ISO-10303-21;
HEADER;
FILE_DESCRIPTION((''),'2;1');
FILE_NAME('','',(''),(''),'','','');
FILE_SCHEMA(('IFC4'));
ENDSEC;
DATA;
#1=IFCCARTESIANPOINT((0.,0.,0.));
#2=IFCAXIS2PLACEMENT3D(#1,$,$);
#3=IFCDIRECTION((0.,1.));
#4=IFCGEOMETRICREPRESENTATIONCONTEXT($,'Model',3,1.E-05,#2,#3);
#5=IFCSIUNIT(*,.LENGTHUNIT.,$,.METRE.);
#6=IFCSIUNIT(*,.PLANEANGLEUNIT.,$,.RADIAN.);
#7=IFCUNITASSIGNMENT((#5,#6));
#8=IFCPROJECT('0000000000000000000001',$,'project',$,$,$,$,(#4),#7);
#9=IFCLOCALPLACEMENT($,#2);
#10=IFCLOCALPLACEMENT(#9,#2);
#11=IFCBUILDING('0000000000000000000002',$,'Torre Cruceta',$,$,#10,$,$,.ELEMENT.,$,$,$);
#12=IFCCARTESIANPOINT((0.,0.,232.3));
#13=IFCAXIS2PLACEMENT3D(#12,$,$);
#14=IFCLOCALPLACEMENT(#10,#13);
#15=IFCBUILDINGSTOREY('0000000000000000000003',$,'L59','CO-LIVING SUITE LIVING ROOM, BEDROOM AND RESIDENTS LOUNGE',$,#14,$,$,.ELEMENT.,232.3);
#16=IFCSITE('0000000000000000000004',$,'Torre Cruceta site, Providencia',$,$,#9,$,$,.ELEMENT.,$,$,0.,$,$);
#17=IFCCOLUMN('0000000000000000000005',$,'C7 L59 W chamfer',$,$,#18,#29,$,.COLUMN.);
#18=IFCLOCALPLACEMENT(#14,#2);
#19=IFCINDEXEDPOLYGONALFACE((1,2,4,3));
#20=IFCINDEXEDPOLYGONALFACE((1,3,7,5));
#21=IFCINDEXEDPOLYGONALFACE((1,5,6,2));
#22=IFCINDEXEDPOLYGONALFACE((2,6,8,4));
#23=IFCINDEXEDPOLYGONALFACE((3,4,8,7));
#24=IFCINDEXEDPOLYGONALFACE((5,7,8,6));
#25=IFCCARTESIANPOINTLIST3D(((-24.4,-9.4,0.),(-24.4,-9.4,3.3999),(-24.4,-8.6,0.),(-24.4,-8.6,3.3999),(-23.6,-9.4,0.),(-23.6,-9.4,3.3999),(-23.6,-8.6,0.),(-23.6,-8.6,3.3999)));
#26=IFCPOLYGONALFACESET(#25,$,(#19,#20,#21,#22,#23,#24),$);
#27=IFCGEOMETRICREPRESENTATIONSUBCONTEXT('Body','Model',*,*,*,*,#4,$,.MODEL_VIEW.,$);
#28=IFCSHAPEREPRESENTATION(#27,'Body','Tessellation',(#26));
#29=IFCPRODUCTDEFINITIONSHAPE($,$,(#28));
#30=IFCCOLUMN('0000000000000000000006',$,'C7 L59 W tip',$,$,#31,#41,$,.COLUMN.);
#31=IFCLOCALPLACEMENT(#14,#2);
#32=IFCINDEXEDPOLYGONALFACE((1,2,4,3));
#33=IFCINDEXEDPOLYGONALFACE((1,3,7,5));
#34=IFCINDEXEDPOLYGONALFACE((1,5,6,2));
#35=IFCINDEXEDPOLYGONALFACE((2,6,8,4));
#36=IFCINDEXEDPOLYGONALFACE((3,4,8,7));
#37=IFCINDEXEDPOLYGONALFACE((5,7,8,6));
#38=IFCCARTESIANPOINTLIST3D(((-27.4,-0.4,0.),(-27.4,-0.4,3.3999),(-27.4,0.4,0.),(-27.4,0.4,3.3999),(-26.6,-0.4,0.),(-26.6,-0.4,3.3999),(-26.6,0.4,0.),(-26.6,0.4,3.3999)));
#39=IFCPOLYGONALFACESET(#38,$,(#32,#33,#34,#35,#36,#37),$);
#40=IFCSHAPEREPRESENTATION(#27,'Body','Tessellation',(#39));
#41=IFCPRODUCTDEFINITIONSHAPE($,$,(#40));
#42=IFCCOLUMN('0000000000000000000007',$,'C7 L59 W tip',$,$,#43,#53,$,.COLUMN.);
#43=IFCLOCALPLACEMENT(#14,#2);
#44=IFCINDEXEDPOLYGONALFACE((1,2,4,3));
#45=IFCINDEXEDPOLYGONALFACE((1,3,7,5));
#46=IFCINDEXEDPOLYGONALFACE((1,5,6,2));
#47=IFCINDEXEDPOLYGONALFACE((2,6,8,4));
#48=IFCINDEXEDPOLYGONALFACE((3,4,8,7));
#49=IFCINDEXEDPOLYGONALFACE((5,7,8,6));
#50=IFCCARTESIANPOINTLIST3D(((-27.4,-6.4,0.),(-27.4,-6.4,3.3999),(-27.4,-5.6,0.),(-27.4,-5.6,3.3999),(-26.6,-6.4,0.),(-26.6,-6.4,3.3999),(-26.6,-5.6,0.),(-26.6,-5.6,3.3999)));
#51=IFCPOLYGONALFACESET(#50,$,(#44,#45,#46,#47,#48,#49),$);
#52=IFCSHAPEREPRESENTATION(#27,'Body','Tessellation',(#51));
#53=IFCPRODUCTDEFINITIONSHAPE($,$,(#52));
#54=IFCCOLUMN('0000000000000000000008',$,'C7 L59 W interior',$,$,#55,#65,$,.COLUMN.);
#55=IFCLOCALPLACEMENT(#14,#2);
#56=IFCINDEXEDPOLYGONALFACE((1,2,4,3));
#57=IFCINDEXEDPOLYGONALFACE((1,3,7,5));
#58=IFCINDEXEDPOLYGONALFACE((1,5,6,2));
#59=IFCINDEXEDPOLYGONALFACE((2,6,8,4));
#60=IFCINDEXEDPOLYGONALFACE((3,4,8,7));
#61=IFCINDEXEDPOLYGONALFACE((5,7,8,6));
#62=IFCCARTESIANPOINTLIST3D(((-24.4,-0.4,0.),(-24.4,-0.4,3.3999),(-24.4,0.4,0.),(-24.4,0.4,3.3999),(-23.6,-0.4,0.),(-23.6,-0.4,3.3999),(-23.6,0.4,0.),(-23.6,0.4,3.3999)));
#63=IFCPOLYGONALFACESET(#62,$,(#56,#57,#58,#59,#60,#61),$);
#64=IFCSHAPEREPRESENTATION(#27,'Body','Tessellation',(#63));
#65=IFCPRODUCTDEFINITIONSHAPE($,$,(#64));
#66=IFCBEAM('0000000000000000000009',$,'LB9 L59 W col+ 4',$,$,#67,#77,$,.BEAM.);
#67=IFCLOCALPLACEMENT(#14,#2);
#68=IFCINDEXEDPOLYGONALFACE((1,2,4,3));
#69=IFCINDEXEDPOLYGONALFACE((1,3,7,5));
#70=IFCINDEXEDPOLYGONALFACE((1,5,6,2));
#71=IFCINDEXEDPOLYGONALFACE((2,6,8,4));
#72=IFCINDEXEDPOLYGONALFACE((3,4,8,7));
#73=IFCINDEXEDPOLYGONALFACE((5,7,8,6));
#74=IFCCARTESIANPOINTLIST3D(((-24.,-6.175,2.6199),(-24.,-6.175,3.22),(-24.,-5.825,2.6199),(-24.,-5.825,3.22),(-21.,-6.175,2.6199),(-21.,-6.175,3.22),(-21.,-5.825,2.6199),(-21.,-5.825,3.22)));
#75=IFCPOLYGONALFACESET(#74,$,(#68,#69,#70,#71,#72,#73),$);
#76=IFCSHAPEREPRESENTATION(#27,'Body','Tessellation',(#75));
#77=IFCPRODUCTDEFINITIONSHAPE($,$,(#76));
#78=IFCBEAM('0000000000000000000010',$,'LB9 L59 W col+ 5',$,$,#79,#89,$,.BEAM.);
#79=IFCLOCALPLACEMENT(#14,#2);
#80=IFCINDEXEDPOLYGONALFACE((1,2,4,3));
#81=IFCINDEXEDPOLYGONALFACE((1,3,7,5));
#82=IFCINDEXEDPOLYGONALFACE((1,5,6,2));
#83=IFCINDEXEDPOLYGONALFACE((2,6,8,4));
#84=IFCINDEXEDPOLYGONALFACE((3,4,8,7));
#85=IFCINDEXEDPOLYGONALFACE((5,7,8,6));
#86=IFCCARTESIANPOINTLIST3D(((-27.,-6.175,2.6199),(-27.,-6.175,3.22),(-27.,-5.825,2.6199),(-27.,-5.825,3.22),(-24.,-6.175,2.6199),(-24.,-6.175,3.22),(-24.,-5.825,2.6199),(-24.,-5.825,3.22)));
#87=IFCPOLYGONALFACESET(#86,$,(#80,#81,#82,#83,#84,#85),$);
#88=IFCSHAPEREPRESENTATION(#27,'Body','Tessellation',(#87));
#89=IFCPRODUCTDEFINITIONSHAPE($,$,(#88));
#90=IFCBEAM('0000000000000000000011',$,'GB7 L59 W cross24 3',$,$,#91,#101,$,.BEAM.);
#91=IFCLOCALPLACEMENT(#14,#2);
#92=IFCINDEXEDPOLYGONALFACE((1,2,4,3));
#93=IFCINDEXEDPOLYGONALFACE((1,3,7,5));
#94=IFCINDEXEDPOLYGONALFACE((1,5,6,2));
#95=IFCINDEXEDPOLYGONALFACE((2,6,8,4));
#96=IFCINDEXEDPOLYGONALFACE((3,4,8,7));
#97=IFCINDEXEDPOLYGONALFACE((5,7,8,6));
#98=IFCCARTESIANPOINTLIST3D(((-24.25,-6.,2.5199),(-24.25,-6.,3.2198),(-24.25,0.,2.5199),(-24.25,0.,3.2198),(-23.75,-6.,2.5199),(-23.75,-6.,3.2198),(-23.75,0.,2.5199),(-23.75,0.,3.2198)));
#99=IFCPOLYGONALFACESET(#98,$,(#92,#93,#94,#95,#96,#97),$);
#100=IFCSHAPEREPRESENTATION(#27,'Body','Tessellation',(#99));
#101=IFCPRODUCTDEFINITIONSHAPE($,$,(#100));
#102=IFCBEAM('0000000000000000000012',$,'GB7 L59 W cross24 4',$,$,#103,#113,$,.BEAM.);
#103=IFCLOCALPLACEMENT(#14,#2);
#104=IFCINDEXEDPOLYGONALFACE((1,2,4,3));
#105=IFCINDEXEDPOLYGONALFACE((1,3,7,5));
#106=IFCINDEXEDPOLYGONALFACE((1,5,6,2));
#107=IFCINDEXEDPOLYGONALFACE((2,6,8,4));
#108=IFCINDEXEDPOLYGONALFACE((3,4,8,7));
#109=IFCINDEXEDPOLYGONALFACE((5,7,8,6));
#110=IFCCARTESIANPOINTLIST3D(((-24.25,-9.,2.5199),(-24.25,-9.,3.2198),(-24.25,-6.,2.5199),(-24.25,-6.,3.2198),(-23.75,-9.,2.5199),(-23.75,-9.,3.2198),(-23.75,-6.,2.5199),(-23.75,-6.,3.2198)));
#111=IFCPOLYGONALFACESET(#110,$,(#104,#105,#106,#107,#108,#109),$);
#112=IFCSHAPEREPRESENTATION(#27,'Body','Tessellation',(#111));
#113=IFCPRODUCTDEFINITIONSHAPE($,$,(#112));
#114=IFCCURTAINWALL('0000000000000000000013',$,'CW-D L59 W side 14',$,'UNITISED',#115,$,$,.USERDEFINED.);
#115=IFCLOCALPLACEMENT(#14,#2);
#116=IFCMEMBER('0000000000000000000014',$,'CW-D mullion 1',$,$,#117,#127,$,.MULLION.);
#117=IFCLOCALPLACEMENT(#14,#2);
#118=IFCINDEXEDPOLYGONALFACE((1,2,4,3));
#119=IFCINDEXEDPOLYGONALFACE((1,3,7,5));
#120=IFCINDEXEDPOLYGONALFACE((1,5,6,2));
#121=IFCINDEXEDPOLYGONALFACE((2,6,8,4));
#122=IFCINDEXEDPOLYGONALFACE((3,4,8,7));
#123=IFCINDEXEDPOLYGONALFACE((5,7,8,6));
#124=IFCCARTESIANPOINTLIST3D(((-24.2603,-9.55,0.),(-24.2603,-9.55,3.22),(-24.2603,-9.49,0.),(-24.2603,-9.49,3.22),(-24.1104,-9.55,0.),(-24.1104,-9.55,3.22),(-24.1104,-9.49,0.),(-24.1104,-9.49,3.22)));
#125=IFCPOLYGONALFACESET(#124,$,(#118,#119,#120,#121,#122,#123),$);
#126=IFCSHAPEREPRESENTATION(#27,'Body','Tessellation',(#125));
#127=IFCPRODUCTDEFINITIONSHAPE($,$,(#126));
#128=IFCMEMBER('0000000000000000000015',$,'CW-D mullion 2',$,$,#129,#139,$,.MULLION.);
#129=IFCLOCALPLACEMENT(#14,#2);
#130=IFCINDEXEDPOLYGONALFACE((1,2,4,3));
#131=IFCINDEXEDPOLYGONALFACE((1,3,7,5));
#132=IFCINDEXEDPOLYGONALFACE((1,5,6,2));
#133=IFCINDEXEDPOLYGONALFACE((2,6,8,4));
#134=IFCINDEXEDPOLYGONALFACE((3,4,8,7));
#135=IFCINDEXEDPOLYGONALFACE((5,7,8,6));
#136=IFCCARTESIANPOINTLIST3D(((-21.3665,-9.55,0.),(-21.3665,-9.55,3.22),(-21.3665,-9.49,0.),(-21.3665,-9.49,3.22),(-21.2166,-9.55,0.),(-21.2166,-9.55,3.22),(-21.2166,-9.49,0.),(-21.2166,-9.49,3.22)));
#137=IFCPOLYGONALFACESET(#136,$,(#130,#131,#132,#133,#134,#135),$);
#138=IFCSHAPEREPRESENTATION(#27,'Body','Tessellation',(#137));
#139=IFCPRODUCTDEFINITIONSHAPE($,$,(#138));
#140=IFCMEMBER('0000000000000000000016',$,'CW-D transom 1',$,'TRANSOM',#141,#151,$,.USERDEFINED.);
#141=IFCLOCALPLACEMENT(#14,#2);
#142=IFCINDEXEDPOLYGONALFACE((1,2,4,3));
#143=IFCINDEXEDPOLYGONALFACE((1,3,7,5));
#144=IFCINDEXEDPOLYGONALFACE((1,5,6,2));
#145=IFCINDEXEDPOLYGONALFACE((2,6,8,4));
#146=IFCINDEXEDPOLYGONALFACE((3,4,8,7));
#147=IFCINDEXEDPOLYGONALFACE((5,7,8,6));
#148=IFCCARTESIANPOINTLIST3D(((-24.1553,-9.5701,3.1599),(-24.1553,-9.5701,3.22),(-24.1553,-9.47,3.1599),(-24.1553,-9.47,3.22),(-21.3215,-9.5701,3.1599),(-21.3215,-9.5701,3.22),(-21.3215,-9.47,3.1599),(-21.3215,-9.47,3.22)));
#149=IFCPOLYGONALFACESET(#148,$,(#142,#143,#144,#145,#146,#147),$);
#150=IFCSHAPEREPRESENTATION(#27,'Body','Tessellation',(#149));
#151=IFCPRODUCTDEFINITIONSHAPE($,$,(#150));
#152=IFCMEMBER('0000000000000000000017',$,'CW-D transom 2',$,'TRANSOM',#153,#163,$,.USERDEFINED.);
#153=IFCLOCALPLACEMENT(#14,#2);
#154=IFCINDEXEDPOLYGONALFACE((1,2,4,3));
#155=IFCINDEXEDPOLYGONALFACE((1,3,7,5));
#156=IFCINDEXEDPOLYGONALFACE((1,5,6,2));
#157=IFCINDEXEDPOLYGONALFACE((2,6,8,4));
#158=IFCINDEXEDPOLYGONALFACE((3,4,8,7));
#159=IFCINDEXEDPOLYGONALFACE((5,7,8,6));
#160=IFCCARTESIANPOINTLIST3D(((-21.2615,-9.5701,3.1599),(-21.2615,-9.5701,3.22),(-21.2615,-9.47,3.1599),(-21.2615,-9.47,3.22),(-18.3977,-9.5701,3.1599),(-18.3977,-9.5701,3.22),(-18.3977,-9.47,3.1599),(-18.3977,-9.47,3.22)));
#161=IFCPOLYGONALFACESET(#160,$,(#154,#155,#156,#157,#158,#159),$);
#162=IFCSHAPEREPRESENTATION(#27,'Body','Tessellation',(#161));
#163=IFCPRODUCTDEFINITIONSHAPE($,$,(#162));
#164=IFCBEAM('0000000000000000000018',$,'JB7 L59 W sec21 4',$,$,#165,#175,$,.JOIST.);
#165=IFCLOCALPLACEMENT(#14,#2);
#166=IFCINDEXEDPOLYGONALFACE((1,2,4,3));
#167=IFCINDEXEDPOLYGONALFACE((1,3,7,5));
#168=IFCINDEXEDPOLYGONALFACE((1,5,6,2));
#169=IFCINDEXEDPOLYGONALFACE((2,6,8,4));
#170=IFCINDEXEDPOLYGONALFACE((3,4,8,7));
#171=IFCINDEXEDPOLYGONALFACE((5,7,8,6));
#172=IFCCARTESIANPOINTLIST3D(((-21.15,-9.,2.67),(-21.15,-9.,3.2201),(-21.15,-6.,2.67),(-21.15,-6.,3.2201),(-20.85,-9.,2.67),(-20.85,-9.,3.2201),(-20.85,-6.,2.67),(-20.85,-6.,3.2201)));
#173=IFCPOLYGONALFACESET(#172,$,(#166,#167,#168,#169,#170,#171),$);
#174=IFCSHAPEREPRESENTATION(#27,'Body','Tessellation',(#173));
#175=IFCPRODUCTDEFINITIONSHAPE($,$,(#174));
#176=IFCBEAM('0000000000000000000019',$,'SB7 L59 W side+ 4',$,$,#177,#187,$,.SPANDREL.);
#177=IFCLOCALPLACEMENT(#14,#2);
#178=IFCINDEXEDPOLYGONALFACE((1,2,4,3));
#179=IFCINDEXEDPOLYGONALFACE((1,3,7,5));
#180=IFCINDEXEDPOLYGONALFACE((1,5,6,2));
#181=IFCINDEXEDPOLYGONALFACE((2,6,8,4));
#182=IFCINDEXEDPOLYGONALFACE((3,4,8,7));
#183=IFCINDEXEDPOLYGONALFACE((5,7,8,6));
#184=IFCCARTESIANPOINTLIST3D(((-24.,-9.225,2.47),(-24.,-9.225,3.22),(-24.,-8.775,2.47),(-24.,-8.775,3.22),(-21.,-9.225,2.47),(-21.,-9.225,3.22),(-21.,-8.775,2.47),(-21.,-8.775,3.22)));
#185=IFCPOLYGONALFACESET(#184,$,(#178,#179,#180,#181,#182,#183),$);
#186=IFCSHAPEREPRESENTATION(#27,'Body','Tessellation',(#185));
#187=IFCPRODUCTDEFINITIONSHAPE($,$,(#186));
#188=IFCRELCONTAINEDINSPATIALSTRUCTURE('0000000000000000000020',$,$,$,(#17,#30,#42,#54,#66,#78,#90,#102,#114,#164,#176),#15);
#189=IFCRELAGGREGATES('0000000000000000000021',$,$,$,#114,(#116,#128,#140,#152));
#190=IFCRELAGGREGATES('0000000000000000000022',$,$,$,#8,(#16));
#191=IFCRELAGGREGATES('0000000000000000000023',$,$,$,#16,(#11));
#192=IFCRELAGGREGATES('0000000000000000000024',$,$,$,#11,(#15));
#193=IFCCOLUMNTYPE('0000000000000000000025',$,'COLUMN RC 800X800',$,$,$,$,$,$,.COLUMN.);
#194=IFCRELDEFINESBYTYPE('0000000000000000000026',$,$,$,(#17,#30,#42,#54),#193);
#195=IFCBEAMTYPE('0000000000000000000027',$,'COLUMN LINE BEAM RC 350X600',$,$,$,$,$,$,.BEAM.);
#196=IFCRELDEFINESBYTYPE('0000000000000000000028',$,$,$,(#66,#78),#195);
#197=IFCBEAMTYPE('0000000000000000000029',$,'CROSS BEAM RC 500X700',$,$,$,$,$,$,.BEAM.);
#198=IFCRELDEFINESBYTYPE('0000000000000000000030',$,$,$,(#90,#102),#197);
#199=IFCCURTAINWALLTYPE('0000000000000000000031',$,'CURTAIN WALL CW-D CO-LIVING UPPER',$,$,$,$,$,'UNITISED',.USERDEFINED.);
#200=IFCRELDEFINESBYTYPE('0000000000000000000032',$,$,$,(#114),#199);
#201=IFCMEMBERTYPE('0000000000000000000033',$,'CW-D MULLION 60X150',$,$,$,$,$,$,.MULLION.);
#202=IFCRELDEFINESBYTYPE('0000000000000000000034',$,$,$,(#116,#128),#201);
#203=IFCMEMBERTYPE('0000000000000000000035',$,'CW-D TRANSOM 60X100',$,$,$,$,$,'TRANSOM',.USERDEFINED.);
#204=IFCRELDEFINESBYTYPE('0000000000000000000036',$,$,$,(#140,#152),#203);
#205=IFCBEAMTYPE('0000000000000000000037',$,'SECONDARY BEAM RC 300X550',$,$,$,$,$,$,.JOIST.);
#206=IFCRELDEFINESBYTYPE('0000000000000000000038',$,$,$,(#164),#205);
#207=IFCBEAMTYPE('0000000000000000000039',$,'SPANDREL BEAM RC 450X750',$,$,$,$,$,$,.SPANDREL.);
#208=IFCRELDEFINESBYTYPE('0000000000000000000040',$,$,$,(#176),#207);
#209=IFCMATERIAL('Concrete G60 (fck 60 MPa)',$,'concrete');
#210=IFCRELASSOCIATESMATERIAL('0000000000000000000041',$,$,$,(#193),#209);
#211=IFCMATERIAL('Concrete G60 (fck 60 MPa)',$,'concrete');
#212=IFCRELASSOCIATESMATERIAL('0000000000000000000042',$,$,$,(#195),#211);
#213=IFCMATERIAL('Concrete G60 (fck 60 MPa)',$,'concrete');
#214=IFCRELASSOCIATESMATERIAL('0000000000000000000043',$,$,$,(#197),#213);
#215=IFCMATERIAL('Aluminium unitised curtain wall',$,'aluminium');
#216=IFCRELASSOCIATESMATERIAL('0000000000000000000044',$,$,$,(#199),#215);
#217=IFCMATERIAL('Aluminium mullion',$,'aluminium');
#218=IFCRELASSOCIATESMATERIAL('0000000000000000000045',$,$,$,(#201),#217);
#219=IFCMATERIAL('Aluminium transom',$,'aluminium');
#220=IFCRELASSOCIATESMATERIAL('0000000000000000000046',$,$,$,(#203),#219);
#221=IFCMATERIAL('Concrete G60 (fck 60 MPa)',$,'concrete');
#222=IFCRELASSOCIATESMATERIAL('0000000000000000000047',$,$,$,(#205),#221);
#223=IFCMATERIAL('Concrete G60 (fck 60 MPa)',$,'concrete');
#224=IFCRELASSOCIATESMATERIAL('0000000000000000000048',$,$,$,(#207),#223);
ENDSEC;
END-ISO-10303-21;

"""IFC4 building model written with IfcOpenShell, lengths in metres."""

from ifc_helpers import new_model, si_unit, direction, frame, origin, origin_2d, place, context, subcontext, project, spatial, rectangle, extrude, material, material_profile, profile_set, type_object, element, aggregate, save


model = new_model("IFC4")

# Units and contexts
model_context = context("Model", 3, precision=1e-05, world=origin(), true_north=direction((0.0, 1.0)))
body_context = subcontext(model_context, "Body", "Model", "MODEL_VIEW")
ifc_project = project(units=[si_unit("LENGTHUNIT", "METRE"), si_unit("PLANEANGLEUNIT", "RADIAN")], contexts=[model_context])

# Site, building, storey
site_placement = place(None, origin())
site = spatial("IfcSite", under=ifc_project, at=site_placement, Name="Torre Cruceta site, Providencia", CompositionType="ELEMENT", RefElevation=0.0)
building_placement = place(site_placement, origin())
building = spatial("IfcBuilding", under=site, at=building_placement, Name="Torre Cruceta", CompositionType="ELEMENT")
storey_placement = place(building_placement, frame((0.0, 0.0, 232.3)))
storey = spatial("IfcBuildingStorey", under=building, at=storey_placement, Name="L59", Description="CO-LIVING SUITE LIVING ROOM, BEDROOM AND RESIDENTS LOUNGE", CompositionType="ELEMENT", Elevation=232.3)

# Columns
ifc_material_1 = material(Name="Concrete G60 (fck 60 MPa)", Category="concrete")
ifc_material_profile_1 = material_profile(ifc_material_1, rectangle(XDim=0.8, YDim=0.8, at=origin_2d()), Name="RC 800X800")
ifc_profile_set_1 = profile_set([ifc_material_profile_1], Name="Concrete G60 (fck 60 MPa)")
column_type = type_object("IfcColumnType", Name="COLUMN RC 800X800", PredefinedType="COLUMN", material=ifc_profile_set_1)
for number, where, z_axis, x_axis, name in (
    (1, (-24.0, -9.0, 0.0), (0.0, 0.0, 1.0), (1.0, 0.0, 0.0), "C7 L59 W chamfer"),
    (2, (-27.0, 0.0, 0.0), (0.0, 0.0, 1.0), (1.0, 0.0, 0.0), "C7 L59 W tip"),
    (3, (-27.0, -6.0, 0.0), (0.0, 0.0, 1.0), (1.0, 0.0, 0.0), "C7 L59 W tip"),
    (4, (-24.0, 0.0, 0.0), (0.0, 0.0, 1.0), (1.0, 0.0, 0.0), "C7 L59 W interior"),
):
    element("IfcColumn", number, at=place(storey_placement, frame(where, z_axis=z_axis, x_axis=x_axis)), inside=storey, type_object=column_type, Name=name, PredefinedType="COLUMN", context=body_context, shape_type="SweptSolid", body=[
        extrude(rectangle(XDim=0.8, YDim=0.8, at=origin_2d()), origin(), (0.0, 0.0, 1.0), 3.3999),
    ])

# Beams
ifc_material_2 = material(Name="Concrete G60 (fck 60 MPa)", Category="concrete")
ifc_material_profile_2 = material_profile(ifc_material_2, rectangle(XDim=0.3501, YDim=0.6001, at=origin_2d()), Name="RC 350X600")
ifc_profile_set_2 = profile_set([ifc_material_profile_2], Name="Concrete G60 (fck 60 MPa)")
beam_type_1 = type_object("IfcBeamType", Name="COLUMN LINE BEAM RC 350X600", PredefinedType="BEAM", material=ifc_profile_set_2)
for number, where, z_axis, x_axis, name in (
    (5, (-21.0, -6.0, 2.9199), (-1.0, 0.0, 0.0), (0.0, -1.0, 0.0), "LB9 L59 W col+ 4"),
    (6, (-24.0, -6.0, 2.9199), (-1.0, 0.0, 0.0), (0.0, -1.0, 0.0), "LB9 L59 W col+ 5"),
):
    element("IfcBeam", number, at=place(storey_placement, frame(where, z_axis=z_axis, x_axis=x_axis)), inside=storey, type_object=beam_type_1, Name=name, PredefinedType="BEAM", context=body_context, shape_type="SweptSolid", body=[
        extrude(rectangle(XDim=0.3501, YDim=0.6001, at=origin_2d()), origin(), (0.0, 0.0, 1.0), 3.0),
    ])
ifc_material_3 = material(Name="Concrete G60 (fck 60 MPa)", Category="concrete")
ifc_material_profile_3 = material_profile(ifc_material_3, rectangle(XDim=0.5, YDim=0.7, at=origin_2d()), Name="RC 500X700")
ifc_profile_set_3 = profile_set([ifc_material_profile_3], Name="Concrete G60 (fck 60 MPa)")
beam_type_2 = type_object("IfcBeamType", Name="CROSS BEAM RC 500X700", PredefinedType="BEAM", material=ifc_profile_set_3)
beam_1_placement = place(storey_placement, frame((-24.0, 0.0, 2.8699), z_axis=(0.0, -1.0, 0.0), x_axis=(1.0, 0.0, 0.0)))
element("IfcBeam", 7, at=beam_1_placement, inside=storey, type_object=beam_type_2, Name="GB7 L59 W cross24 3", PredefinedType="BEAM", context=body_context, shape_type="SweptSolid", body=[
    extrude(rectangle(XDim=0.5, YDim=0.7, at=origin_2d()), origin(), (0.0, 0.0, 1.0), 6.0),
])
beam_2_placement = place(storey_placement, frame((-24.0, -6.0, 2.8699), z_axis=(0.0, -1.0, 0.0), x_axis=(1.0, 0.0, 0.0)))
element("IfcBeam", 8, at=beam_2_placement, inside=storey, type_object=beam_type_2, Name="GB7 L59 W cross24 4", PredefinedType="BEAM", context=body_context, shape_type="SweptSolid", body=[
    extrude(rectangle(XDim=0.5, YDim=0.7, at=origin_2d()), origin(), (0.0, 0.0, 1.0), 3.0),
])

# Curtain wall, members
ifc_material_4 = material(Name="Aluminium unitised curtain wall", Category="aluminium")
curtain_wall_type = type_object("IfcCurtainWallType", Name="CURTAIN WALL CW-D CO-LIVING UPPER", ElementType="UNITISED", PredefinedType="USERDEFINED", material=ifc_material_4)
curtain_wall_placement = place(storey_placement, origin())
curtain_wall = element("IfcCurtainWall", 9, at=curtain_wall_placement, inside=storey, type_object=curtain_wall_type, Name="CW-D L59 W side 14", ObjectType="UNITISED", PredefinedType="USERDEFINED")
ifc_material_5 = material(Name="Aluminium mullion", Category="aluminium")
ifc_material_profile_4 = material_profile(ifc_material_5, rectangle(XDim=0.0601, YDim=0.1499, at=origin_2d()), Name="AL 60X150")
ifc_profile_set_4 = profile_set([ifc_material_profile_4], Name="Aluminium mullion")
member_type_1 = type_object("IfcMemberType", Name="CW-D MULLION 60X150", PredefinedType="MULLION", material=ifc_profile_set_4)
member_1_placement = place(storey_placement, frame((-24.1853, -9.52, 0.0), z_axis=(0.0, 0.0, 1.0), x_axis=(0.0, 1.0, 0.0)))
member_1 = element("IfcMember", 10, at=member_1_placement, type_object=member_type_1, Name="CW-D mullion 1", PredefinedType="MULLION", context=body_context, shape_type="SweptSolid", body=[
    extrude(rectangle(XDim=0.0601, YDim=0.1499, at=origin_2d()), origin(), (0.0, 0.0, 1.0), 3.22),
])
member_2_placement = place(storey_placement, frame((-21.2915, -9.52, 0.0), z_axis=(0.0, 0.0, 1.0), x_axis=(0.0, 1.0, 0.0)))
member_2 = element("IfcMember", 11, at=member_2_placement, type_object=member_type_1, Name="CW-D mullion 2", PredefinedType="MULLION", context=body_context, shape_type="SweptSolid", body=[
    extrude(rectangle(XDim=0.0601, YDim=0.1499, at=origin_2d()), origin(), (0.0, 0.0, 1.0), 3.22),
])
ifc_material_6 = material(Name="Aluminium transom", Category="aluminium")
ifc_material_profile_5 = material_profile(ifc_material_6, rectangle(XDim=0.1001, YDim=0.0601, at=origin_2d()), Name="AL 100X60")
ifc_profile_set_5 = profile_set([ifc_material_profile_5], Name="Aluminium transom")
member_type_2 = type_object("IfcMemberType", Name="CW-D TRANSOM 60X100", ElementType="TRANSOM", PredefinedType="USERDEFINED", material=ifc_profile_set_5)
member_3_placement = place(storey_placement, frame((-24.1553, -9.52, 3.1899), z_axis=(1.0, 0.0, 0.0), x_axis=(0.0, 1.0, 0.0)))
member_3 = element("IfcMember", 12, at=member_3_placement, type_object=member_type_2, Name="CW-D transom 1", ObjectType="TRANSOM", PredefinedType="USERDEFINED", context=body_context, shape_type="SweptSolid", body=[
    extrude(rectangle(XDim=0.1001, YDim=0.0601, at=origin_2d()), origin(), (0.0, 0.0, 1.0), 2.8337),
])
member_4_placement = place(storey_placement, frame((-21.2615, -9.52, 3.1899), z_axis=(1.0, 0.0, 0.0), x_axis=(0.0, 1.0, 0.0)))
member_4 = element("IfcMember", 13, at=member_4_placement, type_object=member_type_2, Name="CW-D transom 2", ObjectType="TRANSOM", PredefinedType="USERDEFINED", context=body_context, shape_type="SweptSolid", body=[
    extrude(rectangle(XDim=0.1001, YDim=0.0601, at=origin_2d()), origin(), (0.0, 0.0, 1.0), 2.8638),
])

# Beams
ifc_material_7 = material(Name="Concrete G60 (fck 60 MPa)", Category="concrete")
ifc_material_profile_6 = material_profile(ifc_material_7, rectangle(XDim=0.3, YDim=0.55, at=origin_2d()), Name="RC 300X550")
ifc_profile_set_6 = profile_set([ifc_material_profile_6], Name="Concrete G60 (fck 60 MPa)")
beam_type_3 = type_object("IfcBeamType", Name="SECONDARY BEAM RC 300X550", PredefinedType="JOIST", material=ifc_profile_set_6)
beam_3_placement = place(storey_placement, frame((-21.0, -6.0, 2.9451), z_axis=(0.0, -1.0, 0.0), x_axis=(1.0, 0.0, 0.0)))
element("IfcBeam", 14, at=beam_3_placement, inside=storey, type_object=beam_type_3, Name="JB7 L59 W sec21 4", PredefinedType="JOIST", context=body_context, shape_type="SweptSolid", body=[
    extrude(rectangle(XDim=0.3, YDim=0.55, at=origin_2d()), origin(), (0.0, 0.0, 1.0), 3.0),
])
ifc_material_8 = material(Name="Concrete G60 (fck 60 MPa)", Category="concrete")
ifc_material_profile_7 = material_profile(ifc_material_8, rectangle(XDim=0.45, YDim=0.75, at=origin_2d()), Name="RC 450X750")
ifc_profile_set_7 = profile_set([ifc_material_profile_7], Name="Concrete G60 (fck 60 MPa)")
beam_type_4 = type_object("IfcBeamType", Name="SPANDREL BEAM RC 450X750", PredefinedType="SPANDREL", material=ifc_profile_set_7)
beam_4_placement = place(storey_placement, frame((-21.0, -9.0, 2.845), z_axis=(-1.0, 0.0, 0.0), x_axis=(0.0, -1.0, 0.0)))
element("IfcBeam", 15, at=beam_4_placement, inside=storey, type_object=beam_type_4, Name="SB7 L59 W side+ 4", PredefinedType="SPANDREL", context=body_context, shape_type="SweptSolid", body=[
    extrude(rectangle(XDim=0.45, YDim=0.75, at=origin_2d()), origin(), (0.0, 0.0, 1.0), 3.0),
])

aggregate(curtain_wall, [member_1, member_2, member_3, member_4])

save(model, "model.ifc")
